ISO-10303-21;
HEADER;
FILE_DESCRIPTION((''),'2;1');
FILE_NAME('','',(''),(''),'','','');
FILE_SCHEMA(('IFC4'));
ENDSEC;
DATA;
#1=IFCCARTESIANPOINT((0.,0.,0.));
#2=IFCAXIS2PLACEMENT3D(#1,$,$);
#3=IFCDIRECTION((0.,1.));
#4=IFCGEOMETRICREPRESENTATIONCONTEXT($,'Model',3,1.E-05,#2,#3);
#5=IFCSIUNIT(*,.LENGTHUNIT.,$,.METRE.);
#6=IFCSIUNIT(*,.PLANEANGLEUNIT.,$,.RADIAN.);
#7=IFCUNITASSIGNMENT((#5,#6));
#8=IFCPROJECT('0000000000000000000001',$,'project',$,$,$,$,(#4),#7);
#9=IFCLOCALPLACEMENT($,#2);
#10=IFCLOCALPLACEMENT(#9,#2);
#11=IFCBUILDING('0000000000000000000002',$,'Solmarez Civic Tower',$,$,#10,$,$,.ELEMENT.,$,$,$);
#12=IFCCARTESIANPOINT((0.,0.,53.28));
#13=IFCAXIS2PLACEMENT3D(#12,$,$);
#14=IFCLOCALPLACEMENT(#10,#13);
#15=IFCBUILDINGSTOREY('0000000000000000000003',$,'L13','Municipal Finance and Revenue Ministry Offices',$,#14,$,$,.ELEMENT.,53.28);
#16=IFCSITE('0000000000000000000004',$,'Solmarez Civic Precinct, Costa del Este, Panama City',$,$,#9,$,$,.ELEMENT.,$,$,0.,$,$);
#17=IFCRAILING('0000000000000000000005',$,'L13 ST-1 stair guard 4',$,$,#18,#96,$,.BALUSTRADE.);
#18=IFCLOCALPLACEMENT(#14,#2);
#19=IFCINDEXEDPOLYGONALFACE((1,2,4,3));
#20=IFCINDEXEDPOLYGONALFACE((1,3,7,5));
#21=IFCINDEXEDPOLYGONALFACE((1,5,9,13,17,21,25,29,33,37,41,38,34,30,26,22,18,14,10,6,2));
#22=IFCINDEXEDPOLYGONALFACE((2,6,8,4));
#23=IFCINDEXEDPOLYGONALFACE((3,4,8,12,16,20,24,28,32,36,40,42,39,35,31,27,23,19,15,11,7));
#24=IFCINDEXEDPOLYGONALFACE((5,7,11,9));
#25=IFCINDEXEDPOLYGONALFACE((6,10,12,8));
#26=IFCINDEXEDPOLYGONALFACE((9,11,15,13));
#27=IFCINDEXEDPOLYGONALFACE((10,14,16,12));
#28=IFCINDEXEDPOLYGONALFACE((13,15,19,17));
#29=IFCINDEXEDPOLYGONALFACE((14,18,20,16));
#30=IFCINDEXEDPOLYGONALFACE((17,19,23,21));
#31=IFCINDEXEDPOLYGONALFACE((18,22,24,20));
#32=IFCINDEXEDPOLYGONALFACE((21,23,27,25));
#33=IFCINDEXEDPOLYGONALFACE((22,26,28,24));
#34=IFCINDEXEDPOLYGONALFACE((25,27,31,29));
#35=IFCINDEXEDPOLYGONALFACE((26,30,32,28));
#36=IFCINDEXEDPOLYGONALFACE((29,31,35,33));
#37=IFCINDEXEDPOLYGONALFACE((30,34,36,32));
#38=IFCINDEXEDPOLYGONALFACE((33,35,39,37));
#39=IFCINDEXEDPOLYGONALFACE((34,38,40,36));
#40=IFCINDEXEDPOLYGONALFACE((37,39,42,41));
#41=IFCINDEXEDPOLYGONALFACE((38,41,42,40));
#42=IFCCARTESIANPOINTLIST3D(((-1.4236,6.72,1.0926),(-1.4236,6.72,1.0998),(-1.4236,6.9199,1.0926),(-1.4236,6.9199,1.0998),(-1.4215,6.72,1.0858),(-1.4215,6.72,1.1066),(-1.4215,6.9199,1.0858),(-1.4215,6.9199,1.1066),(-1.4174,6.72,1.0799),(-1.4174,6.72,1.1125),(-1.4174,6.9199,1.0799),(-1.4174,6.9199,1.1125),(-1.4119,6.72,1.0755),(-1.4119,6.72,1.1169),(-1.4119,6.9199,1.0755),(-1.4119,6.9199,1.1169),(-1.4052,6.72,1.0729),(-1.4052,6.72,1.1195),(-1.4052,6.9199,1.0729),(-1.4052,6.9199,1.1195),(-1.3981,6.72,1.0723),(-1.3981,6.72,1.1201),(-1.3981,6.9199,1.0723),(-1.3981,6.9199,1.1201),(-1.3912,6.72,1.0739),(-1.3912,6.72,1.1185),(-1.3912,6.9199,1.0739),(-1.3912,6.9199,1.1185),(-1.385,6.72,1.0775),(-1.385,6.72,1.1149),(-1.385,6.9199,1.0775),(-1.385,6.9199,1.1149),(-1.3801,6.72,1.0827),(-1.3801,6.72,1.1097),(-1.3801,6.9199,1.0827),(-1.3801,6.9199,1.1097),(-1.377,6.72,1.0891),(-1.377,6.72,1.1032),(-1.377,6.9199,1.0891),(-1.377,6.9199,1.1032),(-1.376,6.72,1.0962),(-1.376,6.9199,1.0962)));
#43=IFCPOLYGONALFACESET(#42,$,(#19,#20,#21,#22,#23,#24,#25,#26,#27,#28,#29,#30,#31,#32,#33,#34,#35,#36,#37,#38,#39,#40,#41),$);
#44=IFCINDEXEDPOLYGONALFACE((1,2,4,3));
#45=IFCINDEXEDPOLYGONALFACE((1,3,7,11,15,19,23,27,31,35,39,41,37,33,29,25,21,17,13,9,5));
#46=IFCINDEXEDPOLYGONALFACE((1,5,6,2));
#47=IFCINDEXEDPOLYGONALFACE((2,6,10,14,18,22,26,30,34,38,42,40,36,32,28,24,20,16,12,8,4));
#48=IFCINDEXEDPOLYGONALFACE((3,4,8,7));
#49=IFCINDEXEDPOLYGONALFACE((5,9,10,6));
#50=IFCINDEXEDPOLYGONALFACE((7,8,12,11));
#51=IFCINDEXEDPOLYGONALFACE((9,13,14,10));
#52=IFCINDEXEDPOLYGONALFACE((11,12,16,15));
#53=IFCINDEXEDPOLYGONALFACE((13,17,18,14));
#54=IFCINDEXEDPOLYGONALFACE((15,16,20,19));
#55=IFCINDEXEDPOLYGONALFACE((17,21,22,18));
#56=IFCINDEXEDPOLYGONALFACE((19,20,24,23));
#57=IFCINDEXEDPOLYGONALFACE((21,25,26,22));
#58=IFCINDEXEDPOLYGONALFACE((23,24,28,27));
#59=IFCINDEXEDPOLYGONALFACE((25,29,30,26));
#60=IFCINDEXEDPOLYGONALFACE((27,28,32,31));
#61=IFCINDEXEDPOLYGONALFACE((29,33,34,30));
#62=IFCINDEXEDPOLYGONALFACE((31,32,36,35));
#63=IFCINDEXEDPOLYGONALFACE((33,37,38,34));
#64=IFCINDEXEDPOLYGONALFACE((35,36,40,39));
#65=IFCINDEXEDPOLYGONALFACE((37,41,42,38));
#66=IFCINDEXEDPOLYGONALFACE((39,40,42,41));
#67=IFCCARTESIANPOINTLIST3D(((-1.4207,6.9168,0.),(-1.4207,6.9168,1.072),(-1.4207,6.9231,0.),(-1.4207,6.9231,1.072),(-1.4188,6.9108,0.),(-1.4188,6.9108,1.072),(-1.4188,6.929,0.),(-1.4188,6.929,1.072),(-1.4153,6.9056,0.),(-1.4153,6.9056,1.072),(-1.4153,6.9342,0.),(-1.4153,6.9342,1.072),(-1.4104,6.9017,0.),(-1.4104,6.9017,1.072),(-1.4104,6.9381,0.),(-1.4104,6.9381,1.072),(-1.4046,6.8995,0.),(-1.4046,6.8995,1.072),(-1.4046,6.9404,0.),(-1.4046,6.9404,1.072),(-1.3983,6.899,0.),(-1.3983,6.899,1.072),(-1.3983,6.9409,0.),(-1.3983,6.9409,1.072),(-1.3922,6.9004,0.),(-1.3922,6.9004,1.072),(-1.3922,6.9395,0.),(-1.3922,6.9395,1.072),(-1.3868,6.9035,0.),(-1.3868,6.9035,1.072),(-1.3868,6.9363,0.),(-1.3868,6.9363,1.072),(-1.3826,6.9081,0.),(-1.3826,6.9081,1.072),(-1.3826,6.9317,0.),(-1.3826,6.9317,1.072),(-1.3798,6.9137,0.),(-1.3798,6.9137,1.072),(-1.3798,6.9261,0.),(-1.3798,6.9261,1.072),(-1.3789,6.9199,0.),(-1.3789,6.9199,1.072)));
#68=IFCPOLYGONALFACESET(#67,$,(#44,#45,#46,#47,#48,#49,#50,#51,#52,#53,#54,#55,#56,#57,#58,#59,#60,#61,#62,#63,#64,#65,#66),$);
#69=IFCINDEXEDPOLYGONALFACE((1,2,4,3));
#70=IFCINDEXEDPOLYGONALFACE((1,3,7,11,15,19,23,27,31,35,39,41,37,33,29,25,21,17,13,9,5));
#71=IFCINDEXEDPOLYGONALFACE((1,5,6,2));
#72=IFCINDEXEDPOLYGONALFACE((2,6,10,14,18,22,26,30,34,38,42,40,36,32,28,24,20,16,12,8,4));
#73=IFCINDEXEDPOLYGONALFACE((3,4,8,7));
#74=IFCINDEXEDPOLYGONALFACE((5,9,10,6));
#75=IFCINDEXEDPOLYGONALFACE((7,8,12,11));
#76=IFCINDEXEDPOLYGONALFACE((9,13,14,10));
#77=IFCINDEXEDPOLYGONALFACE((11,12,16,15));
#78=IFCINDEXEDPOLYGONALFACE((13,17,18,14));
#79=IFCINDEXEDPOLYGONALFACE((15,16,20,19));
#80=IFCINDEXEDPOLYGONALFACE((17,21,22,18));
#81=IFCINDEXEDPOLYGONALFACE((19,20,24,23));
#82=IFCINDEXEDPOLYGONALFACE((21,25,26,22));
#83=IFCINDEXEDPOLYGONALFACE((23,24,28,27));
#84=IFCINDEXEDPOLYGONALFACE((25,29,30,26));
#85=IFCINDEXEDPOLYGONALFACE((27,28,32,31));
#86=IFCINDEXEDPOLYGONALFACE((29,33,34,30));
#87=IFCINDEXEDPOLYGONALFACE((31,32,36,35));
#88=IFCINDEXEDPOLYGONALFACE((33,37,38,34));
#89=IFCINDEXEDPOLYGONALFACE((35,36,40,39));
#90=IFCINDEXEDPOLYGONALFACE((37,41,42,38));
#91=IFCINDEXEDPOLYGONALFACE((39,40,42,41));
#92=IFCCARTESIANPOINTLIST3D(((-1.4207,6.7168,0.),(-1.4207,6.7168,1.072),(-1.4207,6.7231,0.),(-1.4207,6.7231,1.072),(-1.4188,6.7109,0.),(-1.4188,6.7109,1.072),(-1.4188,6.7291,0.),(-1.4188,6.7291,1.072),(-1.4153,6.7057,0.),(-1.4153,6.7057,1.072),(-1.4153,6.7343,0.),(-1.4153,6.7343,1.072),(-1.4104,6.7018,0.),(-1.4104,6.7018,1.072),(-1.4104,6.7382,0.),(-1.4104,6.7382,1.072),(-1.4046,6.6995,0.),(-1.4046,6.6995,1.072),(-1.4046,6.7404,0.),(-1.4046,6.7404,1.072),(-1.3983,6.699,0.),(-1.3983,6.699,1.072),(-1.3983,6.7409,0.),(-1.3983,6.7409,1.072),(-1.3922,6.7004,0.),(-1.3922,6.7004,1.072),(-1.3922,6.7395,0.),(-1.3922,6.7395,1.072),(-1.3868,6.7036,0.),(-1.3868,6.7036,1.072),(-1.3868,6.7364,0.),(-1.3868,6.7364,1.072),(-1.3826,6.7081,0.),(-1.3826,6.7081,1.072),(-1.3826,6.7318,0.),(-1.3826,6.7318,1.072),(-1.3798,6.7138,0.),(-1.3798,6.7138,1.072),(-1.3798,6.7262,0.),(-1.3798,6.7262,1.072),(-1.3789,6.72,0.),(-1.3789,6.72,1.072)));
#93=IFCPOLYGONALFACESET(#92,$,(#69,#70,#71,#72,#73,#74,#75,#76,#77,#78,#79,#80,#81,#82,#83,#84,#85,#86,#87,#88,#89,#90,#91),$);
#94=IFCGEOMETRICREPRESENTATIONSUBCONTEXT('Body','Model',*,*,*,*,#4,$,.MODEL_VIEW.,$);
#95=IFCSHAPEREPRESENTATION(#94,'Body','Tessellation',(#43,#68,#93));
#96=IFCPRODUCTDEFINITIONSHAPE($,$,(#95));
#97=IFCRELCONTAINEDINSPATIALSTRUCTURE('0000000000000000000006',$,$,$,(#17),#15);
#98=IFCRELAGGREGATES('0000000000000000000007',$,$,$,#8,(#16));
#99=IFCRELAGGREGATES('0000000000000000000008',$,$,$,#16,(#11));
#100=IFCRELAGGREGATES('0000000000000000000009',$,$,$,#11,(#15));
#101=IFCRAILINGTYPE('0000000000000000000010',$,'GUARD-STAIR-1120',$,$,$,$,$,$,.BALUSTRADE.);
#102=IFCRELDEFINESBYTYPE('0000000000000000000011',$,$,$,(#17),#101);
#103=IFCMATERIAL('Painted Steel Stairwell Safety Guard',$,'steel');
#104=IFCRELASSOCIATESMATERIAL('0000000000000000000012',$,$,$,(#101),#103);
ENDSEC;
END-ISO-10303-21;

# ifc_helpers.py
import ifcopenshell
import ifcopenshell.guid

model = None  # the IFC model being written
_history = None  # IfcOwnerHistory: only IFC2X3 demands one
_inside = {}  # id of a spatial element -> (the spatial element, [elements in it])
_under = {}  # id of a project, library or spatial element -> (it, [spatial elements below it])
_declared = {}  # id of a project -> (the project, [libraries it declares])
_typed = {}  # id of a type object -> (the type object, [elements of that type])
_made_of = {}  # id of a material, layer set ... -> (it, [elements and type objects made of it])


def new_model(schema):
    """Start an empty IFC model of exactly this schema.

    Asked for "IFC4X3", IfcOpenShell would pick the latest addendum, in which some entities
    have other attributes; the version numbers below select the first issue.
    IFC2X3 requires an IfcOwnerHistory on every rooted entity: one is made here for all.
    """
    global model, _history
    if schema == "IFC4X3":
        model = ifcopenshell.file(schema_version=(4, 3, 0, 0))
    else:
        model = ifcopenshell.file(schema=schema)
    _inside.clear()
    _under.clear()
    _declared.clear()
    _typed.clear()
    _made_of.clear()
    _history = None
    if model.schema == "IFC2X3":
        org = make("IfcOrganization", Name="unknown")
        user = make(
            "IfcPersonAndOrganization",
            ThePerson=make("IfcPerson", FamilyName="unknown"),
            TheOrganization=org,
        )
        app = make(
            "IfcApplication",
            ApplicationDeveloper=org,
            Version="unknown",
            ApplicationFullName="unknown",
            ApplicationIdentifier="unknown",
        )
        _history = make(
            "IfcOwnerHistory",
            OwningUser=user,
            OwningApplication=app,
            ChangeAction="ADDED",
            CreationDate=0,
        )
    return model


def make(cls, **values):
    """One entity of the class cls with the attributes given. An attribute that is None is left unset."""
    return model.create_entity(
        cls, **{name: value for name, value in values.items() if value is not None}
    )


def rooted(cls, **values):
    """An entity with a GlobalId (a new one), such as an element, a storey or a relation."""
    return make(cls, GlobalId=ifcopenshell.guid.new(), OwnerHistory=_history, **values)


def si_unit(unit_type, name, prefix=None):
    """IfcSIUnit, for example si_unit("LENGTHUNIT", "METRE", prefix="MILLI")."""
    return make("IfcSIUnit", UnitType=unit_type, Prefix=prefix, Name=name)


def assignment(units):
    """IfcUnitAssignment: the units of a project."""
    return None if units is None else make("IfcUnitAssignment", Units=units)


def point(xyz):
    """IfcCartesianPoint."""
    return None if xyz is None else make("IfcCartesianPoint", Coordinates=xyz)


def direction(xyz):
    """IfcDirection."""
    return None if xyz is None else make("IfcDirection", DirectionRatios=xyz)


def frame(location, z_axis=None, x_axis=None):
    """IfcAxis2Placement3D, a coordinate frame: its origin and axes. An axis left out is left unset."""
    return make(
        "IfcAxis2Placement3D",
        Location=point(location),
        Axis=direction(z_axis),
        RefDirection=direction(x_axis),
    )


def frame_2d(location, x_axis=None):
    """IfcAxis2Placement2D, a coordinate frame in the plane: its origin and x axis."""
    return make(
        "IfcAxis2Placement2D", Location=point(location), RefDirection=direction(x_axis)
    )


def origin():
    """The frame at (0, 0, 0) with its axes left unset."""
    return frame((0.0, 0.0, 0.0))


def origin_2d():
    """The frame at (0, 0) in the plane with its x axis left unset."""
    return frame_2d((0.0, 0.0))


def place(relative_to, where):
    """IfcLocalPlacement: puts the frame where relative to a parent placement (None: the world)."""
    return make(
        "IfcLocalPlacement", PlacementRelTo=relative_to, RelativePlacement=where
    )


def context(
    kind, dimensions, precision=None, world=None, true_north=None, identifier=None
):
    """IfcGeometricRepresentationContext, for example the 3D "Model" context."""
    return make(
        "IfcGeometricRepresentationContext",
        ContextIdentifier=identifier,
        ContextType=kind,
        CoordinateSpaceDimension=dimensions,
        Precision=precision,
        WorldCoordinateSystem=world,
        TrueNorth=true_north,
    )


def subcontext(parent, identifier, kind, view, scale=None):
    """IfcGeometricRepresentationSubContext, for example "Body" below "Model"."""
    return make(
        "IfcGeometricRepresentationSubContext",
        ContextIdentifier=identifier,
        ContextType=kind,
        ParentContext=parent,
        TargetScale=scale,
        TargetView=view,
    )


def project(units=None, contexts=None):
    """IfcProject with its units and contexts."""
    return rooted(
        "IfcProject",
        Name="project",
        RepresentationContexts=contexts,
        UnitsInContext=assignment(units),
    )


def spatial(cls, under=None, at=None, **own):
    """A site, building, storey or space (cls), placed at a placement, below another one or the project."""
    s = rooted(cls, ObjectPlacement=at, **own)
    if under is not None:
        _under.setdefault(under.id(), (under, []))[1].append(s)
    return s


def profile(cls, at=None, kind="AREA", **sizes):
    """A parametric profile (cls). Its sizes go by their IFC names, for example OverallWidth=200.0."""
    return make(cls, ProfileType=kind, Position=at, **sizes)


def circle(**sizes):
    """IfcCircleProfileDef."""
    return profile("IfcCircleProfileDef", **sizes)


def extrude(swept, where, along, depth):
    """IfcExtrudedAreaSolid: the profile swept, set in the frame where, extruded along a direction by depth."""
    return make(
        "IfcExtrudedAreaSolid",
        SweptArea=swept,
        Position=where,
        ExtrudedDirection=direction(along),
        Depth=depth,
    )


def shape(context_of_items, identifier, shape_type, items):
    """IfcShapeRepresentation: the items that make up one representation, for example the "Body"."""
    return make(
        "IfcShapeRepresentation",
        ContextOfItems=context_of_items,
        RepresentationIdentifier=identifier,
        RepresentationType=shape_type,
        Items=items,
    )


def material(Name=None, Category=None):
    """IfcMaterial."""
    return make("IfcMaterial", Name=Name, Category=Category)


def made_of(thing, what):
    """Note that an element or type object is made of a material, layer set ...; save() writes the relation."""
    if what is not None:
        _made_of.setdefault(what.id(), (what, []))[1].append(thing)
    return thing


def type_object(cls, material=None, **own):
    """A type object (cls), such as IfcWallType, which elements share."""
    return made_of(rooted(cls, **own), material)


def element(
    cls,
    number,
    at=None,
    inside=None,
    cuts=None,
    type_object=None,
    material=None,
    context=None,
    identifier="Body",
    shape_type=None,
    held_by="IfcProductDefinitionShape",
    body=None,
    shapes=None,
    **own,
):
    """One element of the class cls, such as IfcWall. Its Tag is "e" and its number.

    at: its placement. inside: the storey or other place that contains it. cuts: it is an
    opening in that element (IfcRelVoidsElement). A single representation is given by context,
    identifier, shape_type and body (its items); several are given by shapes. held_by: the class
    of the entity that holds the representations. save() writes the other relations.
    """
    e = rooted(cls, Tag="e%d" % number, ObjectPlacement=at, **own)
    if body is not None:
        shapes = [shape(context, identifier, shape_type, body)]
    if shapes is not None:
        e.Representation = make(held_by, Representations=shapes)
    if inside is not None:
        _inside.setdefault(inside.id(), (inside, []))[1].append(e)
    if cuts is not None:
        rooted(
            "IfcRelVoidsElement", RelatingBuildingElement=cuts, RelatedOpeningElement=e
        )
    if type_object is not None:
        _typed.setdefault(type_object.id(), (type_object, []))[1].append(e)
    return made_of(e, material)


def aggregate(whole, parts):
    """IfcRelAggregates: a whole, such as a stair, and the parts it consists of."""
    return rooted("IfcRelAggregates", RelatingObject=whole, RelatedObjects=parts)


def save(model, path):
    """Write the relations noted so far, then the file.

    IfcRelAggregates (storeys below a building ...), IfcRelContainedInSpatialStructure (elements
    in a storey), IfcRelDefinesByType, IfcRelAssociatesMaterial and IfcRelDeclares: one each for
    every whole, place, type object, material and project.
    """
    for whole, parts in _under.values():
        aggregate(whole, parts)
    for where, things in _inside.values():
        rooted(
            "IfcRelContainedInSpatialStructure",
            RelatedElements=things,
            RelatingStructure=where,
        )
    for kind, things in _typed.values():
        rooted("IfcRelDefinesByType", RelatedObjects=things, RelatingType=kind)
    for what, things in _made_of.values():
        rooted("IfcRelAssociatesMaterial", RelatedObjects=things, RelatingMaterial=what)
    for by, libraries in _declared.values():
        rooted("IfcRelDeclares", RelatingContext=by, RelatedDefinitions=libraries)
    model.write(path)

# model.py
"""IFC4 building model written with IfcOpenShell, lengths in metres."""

from ifc_helpers import new_model, si_unit, direction, frame, origin, origin_2d, place, context, subcontext, project, spatial, circle, extrude, material, type_object, element, save


model = new_model("IFC4")

# Units and contexts
model_context = context("Model", 3, precision=1e-05, world=origin(), true_north=direction((0.0, 1.0)))
body_context = subcontext(model_context, "Body", "Model", "MODEL_VIEW")
ifc_project = project(units=[si_unit("LENGTHUNIT", "METRE"), si_unit("PLANEANGLEUNIT", "RADIAN")], contexts=[model_context])

# Site, building, storey
site_placement = place(None, origin())
site = spatial("IfcSite", under=ifc_project, at=site_placement, Name="Solmarez Civic Precinct, Costa del Este, Panama City", CompositionType="ELEMENT", RefElevation=0.0)
building_placement = place(site_placement, origin())
building = spatial("IfcBuilding", under=site, at=building_placement, Name="Solmarez Civic Tower", CompositionType="ELEMENT")
storey_placement = place(building_placement, frame((0.0, 0.0, 53.28)))
storey = spatial("IfcBuildingStorey", under=building, at=storey_placement, Name="L13", Description="Municipal Finance and Revenue Ministry Offices", CompositionType="ELEMENT", Elevation=53.28)

# Railing
ifc_material_1 = material(Name="Painted Steel Stairwell Safety Guard", Category="steel")
railing_type_1 = type_object("IfcRailingType", Name="GUARD-STAIR-1120", PredefinedType="BALUSTRADE", material=ifc_material_1)
railing_1_placement = place(storey_placement, frame((-1.3999, 6.9199, 0.0)))
element("IfcRailing", 1, at=railing_1_placement, inside=storey, type_object=railing_type_1, Name="L13 ST-1 stair guard 4", PredefinedType="BALUSTRADE", context=body_context, shape_type="SweptSolid", body=[
    extrude(circle(Radius=0.0239, at=origin_2d()), frame((0.0, 0.0, 1.0962), z_axis=(0.0, -1.0, 0.0), x_axis=(1.0, 0.0, 0.0)), (0.0, 0.0, 1.0), 0.2),
    extrude(circle(Radius=0.021, at=origin_2d()), origin(), (0.0, 0.0, 1.0), 1.072),
    extrude(circle(Radius=0.021, at=origin_2d()), frame((0.0, -0.2, 0.0)), (0.0, 0.0, 1.0), 1.072),
])

save(model, "model.ifc")
